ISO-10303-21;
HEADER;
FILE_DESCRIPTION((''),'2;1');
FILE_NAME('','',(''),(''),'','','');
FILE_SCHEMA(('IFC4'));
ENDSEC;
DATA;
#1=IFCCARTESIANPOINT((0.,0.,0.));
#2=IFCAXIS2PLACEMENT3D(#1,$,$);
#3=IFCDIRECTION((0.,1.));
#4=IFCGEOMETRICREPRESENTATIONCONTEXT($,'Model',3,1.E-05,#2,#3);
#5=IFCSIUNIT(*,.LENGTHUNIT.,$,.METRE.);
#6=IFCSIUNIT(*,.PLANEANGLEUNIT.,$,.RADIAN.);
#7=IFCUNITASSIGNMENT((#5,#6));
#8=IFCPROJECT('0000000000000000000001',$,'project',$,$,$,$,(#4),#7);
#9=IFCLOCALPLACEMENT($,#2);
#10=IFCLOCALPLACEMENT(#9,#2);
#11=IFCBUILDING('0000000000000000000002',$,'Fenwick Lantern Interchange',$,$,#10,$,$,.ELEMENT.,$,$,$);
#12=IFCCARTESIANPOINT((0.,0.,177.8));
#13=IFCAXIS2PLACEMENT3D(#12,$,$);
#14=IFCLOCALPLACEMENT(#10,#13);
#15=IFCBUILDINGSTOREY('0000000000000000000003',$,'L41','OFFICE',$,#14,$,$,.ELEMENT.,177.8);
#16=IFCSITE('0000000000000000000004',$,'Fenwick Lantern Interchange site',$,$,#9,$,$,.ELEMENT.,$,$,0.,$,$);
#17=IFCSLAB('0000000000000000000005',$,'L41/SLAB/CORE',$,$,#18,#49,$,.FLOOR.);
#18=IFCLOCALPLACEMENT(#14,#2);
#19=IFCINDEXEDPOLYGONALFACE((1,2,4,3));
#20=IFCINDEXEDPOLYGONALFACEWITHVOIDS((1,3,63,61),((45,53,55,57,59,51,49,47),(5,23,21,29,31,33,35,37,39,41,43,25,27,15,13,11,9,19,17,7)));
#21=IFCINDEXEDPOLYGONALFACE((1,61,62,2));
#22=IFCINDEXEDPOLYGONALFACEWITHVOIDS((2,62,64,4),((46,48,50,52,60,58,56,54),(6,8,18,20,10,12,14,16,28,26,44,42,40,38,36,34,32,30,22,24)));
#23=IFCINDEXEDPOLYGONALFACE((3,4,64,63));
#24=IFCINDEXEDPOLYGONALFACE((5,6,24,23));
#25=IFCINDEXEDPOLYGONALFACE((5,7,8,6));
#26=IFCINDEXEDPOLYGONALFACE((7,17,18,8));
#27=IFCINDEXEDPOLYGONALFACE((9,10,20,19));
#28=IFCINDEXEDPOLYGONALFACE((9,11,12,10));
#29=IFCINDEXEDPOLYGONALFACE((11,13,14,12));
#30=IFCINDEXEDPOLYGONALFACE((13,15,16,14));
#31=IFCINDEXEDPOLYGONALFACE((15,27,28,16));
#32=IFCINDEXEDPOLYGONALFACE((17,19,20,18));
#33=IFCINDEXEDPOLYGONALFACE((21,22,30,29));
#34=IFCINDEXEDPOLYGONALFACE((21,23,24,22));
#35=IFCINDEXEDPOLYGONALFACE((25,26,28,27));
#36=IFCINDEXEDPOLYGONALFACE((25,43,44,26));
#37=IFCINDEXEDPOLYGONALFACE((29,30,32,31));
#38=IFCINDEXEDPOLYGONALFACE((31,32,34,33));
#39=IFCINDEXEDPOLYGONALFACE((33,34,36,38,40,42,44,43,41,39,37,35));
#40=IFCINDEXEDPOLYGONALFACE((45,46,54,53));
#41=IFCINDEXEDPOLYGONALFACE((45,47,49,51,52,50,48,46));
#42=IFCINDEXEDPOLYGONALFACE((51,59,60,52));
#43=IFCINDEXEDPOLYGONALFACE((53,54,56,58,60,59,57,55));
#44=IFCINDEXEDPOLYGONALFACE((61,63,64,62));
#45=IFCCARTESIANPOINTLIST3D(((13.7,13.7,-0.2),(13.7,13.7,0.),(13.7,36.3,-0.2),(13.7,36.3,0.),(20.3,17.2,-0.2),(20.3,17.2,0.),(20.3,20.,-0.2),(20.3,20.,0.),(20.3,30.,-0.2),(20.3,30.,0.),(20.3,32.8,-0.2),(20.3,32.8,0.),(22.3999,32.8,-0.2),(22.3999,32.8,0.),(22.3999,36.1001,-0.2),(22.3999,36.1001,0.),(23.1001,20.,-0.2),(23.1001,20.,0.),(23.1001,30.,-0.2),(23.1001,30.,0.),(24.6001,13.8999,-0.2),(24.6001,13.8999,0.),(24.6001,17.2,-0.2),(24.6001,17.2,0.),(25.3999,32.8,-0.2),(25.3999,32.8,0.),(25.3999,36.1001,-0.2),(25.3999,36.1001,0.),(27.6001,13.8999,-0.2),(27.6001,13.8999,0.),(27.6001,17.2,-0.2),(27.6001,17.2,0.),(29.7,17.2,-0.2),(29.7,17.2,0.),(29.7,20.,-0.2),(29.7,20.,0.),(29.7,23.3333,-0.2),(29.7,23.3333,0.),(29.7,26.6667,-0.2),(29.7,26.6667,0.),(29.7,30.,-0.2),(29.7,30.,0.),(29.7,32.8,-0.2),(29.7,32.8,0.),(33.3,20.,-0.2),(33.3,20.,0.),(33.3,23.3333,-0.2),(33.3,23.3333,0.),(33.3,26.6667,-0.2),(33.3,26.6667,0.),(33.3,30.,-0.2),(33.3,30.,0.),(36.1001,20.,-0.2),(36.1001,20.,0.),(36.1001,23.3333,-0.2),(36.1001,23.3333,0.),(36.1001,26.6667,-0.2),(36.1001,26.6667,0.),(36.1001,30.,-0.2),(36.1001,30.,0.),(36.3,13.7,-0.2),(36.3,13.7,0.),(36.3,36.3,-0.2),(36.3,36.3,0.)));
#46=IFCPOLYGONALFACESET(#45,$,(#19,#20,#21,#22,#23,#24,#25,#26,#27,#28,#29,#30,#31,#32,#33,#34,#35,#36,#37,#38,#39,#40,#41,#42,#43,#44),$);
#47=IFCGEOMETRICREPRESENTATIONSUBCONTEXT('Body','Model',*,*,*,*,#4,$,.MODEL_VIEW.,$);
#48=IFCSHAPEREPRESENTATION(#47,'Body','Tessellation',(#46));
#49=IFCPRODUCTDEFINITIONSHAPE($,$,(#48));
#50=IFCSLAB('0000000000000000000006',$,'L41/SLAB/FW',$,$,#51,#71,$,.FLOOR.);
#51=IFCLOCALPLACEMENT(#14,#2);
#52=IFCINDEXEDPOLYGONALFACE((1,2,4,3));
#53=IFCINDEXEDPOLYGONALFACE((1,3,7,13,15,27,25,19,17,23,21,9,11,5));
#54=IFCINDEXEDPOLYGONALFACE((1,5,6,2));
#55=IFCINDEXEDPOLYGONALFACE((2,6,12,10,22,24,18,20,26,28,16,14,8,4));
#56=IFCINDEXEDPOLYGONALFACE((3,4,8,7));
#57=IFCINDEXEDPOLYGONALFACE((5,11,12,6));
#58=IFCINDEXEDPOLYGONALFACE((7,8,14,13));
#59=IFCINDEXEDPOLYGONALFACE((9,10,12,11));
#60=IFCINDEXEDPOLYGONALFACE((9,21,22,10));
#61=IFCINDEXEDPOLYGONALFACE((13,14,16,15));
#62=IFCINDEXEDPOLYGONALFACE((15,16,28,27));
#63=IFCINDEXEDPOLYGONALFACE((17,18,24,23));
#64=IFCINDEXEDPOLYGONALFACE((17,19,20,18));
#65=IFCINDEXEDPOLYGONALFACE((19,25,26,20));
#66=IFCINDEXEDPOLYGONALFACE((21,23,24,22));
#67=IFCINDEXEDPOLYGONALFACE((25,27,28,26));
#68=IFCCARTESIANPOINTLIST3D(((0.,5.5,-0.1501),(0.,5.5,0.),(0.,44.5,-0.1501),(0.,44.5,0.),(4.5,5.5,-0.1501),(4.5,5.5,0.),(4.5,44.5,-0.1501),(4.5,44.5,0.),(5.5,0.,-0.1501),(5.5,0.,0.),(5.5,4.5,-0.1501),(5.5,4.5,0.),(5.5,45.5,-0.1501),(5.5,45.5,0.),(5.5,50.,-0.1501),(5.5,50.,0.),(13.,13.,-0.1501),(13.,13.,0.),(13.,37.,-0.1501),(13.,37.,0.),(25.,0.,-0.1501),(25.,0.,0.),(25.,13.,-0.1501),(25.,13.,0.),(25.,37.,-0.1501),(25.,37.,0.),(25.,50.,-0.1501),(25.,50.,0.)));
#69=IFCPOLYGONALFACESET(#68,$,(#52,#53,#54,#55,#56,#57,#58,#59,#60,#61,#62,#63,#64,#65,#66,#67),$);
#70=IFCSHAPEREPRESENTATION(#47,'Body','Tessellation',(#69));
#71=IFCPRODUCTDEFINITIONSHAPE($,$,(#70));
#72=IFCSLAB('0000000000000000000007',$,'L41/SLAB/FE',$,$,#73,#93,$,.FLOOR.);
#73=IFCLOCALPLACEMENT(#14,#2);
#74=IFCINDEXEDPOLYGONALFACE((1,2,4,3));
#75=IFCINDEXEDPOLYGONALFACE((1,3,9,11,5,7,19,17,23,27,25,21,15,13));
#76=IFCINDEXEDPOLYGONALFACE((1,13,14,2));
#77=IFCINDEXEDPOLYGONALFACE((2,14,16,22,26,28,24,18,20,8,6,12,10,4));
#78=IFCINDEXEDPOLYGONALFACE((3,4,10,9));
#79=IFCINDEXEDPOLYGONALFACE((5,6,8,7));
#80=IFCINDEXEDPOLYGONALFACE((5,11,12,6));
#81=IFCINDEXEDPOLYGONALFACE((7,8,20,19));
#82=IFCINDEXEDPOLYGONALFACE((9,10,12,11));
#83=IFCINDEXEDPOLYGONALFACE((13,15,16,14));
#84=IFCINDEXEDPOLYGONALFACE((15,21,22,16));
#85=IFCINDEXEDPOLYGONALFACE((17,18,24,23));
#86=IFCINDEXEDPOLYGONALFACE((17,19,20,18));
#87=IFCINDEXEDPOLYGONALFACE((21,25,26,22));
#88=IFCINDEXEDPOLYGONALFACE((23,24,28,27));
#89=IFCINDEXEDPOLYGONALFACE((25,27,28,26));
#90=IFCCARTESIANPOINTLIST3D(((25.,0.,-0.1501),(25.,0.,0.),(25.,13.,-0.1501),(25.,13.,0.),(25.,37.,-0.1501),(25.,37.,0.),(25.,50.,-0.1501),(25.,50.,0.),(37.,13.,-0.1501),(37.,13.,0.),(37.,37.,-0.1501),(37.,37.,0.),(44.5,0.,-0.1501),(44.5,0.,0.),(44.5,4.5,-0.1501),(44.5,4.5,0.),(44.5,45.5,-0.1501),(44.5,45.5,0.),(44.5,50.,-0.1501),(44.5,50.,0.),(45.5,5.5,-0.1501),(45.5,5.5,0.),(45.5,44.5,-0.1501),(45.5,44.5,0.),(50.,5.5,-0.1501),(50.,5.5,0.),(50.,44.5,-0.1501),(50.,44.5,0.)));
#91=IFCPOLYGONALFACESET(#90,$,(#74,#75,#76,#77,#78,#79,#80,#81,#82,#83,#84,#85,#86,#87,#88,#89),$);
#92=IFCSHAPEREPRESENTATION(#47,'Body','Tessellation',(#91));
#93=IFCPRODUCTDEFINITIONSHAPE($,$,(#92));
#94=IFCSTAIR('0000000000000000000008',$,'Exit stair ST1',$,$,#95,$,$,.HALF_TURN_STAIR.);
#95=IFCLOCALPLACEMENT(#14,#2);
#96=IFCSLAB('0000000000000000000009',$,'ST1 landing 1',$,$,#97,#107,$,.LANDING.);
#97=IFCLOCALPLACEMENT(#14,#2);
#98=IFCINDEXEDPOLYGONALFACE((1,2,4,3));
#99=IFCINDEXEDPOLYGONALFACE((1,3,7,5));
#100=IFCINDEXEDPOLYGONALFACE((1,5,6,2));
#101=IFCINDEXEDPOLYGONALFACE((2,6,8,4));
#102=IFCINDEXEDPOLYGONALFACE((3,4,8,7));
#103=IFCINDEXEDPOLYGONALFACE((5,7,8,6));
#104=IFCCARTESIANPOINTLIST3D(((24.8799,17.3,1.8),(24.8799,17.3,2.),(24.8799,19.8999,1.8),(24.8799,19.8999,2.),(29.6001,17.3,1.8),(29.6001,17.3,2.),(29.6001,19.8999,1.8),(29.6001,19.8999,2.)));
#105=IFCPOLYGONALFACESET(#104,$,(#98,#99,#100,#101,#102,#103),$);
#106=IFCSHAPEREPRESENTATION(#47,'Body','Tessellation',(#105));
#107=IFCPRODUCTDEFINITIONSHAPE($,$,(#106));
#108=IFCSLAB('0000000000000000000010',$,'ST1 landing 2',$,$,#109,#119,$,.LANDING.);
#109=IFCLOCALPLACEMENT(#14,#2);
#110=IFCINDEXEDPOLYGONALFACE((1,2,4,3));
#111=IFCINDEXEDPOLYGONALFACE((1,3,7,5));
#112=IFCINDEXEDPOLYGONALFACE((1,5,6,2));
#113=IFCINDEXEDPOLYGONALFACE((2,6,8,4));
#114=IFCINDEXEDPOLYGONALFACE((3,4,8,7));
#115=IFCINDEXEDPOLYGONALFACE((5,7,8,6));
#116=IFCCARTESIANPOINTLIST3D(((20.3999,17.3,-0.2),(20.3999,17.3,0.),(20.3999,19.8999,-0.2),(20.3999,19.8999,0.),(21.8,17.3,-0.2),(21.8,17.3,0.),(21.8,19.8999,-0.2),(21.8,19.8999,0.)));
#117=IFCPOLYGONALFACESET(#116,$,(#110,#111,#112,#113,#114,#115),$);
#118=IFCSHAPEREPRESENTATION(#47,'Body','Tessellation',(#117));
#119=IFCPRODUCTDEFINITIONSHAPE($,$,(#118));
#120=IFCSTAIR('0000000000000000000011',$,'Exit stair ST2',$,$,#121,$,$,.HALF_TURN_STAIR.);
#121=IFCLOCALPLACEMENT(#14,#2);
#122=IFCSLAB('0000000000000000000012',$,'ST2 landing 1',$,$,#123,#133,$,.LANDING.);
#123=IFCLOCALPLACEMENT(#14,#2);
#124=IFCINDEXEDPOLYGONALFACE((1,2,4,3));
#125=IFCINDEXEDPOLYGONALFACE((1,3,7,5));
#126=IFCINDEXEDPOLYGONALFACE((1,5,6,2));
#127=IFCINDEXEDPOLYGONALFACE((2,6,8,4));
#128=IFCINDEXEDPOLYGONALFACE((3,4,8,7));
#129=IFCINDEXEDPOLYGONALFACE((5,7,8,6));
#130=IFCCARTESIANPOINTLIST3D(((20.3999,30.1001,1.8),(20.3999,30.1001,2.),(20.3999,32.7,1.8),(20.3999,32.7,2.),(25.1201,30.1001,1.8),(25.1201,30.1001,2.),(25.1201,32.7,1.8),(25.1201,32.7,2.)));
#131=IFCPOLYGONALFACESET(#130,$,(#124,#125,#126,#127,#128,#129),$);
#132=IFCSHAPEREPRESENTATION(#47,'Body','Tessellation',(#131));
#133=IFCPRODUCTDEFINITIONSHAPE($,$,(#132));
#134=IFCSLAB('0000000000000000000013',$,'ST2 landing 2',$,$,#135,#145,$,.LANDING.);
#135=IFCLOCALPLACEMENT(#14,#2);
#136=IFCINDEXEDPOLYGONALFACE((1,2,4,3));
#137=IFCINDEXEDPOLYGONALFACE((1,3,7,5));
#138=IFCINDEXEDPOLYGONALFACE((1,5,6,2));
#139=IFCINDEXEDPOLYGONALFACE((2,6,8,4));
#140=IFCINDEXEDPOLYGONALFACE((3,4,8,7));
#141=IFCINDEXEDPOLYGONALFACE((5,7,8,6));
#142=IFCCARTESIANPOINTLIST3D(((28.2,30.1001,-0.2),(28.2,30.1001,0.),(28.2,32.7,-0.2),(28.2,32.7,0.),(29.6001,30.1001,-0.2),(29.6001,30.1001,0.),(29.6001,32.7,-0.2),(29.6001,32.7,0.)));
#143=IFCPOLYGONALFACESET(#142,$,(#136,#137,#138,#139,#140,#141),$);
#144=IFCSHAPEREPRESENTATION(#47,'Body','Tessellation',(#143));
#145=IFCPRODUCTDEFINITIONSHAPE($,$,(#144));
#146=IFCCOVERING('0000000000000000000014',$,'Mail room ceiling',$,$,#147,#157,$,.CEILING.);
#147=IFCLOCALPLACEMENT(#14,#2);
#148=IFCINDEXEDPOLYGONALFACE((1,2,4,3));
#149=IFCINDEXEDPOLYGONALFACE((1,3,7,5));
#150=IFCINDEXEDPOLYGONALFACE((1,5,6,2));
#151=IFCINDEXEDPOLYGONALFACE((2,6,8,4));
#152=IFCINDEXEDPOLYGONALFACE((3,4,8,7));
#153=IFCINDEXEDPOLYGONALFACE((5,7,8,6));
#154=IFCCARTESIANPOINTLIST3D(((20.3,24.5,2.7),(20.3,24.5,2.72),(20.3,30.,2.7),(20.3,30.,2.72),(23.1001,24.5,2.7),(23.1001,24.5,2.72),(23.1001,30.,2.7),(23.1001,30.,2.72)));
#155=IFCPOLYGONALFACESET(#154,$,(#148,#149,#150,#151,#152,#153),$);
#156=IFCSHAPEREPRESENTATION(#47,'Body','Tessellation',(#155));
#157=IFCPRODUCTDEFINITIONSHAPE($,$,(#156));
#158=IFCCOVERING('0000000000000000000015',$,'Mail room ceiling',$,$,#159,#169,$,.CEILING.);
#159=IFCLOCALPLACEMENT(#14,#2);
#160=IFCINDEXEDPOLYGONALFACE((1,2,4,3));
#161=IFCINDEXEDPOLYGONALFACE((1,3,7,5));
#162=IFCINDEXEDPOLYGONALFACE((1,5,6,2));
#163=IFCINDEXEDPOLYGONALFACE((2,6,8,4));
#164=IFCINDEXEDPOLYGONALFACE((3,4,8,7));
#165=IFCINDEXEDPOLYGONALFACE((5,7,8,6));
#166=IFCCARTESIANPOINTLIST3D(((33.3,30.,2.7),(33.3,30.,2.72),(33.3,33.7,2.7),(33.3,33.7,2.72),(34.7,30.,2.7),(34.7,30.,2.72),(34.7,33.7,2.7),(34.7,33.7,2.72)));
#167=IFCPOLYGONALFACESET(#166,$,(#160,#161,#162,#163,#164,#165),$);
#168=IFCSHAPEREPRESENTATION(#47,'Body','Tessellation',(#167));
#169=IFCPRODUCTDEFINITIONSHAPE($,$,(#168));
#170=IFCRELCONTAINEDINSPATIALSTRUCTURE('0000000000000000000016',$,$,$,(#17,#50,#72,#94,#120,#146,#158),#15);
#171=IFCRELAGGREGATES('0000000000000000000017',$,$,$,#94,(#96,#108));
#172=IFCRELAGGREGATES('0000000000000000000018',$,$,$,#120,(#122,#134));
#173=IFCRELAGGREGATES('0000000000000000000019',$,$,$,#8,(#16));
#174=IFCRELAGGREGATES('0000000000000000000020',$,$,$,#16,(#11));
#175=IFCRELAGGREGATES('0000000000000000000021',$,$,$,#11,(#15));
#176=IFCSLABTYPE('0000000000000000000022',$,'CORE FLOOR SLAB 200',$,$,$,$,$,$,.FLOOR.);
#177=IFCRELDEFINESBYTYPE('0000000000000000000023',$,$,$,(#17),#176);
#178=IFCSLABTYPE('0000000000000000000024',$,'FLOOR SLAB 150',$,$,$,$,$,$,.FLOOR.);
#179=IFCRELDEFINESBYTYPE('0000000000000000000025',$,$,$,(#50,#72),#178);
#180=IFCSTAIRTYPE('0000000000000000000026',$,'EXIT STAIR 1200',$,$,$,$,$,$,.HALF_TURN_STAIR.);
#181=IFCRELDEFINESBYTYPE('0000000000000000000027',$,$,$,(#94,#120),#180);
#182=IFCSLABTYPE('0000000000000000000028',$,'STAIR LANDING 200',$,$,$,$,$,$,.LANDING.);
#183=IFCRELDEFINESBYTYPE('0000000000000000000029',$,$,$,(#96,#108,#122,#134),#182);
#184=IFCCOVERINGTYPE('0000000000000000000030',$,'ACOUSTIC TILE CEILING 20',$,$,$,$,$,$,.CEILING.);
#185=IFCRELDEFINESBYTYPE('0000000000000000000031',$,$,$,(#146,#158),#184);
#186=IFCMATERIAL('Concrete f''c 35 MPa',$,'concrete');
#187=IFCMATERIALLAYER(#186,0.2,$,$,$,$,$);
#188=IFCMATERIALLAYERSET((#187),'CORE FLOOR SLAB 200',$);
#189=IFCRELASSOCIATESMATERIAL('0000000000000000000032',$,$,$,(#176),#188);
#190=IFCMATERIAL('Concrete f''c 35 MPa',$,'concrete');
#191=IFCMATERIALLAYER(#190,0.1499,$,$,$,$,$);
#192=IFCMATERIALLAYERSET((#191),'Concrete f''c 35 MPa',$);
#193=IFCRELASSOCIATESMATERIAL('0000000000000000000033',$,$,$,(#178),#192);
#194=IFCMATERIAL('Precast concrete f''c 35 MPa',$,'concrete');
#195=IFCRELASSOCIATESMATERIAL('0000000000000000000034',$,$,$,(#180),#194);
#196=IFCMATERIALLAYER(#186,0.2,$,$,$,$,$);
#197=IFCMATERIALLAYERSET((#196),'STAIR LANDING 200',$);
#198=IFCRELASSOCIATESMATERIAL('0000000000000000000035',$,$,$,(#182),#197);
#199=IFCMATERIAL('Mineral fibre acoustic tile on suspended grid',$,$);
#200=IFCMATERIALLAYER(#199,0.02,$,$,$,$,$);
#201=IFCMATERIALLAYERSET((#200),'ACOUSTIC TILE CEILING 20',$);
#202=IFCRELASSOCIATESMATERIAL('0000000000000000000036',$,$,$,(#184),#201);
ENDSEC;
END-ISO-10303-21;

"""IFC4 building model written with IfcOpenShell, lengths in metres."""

from ifc_helpers import new_model, si_unit, direction, frame, origin, place, context, subcontext, project, spatial, polyline, outline, extrude, material, layer, layer_set, type_object, element, aggregate, save


model = new_model("IFC4")

# Units and contexts
model_context = context("Model", 3, precision=1e-05, world=origin(), true_north=direction((0.0, 1.0)))
body_context = subcontext(model_context, "Body", "Model", "MODEL_VIEW")
ifc_project = project(units=[si_unit("LENGTHUNIT", "METRE"), si_unit("PLANEANGLEUNIT", "RADIAN")], contexts=[model_context])

# Site, building, storey
site_placement = place(None, origin())
site = spatial("IfcSite", under=ifc_project, at=site_placement, Name="Fenwick Lantern Interchange site", CompositionType="ELEMENT", RefElevation=0.0)
building_placement = place(site_placement, origin())
building = spatial("IfcBuilding", under=site, at=building_placement, Name="Fenwick Lantern Interchange", CompositionType="ELEMENT")
storey_placement = place(building_placement, frame((0.0, 0.0, 177.8)))
storey = spatial("IfcBuildingStorey", under=building, at=storey_placement, Name="L41", Description="OFFICE", CompositionType="ELEMENT", Elevation=177.8)

# Slabs
ifc_material_1 = material(Name="Concrete f'c 35 MPa", Category="concrete")
ifc_layer_1 = layer(ifc_material_1, 0.2)
ifc_layer_set_1 = layer_set([ifc_layer_1], Name="CORE FLOOR SLAB 200")
slab_type_1 = type_object("IfcSlabType", Name="CORE FLOOR SLAB 200", PredefinedType="FLOOR", material=ifc_layer_set_1)
slab_1_placement = place(storey_placement, frame((0.0, 0.0, -0.2)))
element("IfcSlab", 1, at=slab_1_placement, inside=storey, type_object=slab_type_1, Name="L41/SLAB/CORE", PredefinedType="FLOOR", context=body_context, shape_type="SweptSolid", body=[
    extrude(outline(polyline([(13.7, 36.3), (36.3, 36.3), (36.3, 13.7), (13.7, 13.7), (13.7, 36.3)]), holes=[polyline([(24.6001, 13.8999), (27.6001, 13.8999), (27.6001, 17.2), (29.7, 17.2), (29.7, 20.0), (29.7, 23.3333), (29.7, 26.6667), (29.7, 30.0), (29.7, 32.8), (25.3999, 32.8), (25.3999, 36.1001), (22.3999, 36.1001), (22.3999, 32.8), (20.3, 32.8), (20.3, 30.0), (23.1001, 30.0), (23.1001, 20.0), (20.3, 20.0), (20.3, 17.2), (24.6001, 17.2), (24.6001, 13.8999)]), polyline([(33.3, 23.3333), (33.3, 20.0), (36.1001, 20.0), (36.1001, 23.3333), (36.1001, 26.6667), (36.1001, 30.0), (33.3, 30.0), (33.3, 26.6667), (33.3, 23.3333)])]), origin(), (0.0, 0.0, 1.0), 0.2),
])
ifc_material_2 = material(Name="Concrete f'c 35 MPa", Category="concrete")
ifc_layer_2 = layer(ifc_material_2, 0.1499)
ifc_layer_set_2 = layer_set([ifc_layer_2], Name="Concrete f'c 35 MPa")
slab_type_2 = type_object("IfcSlabType", Name="FLOOR SLAB 150", PredefinedType="FLOOR", material=ifc_layer_set_2)
slab_2_placement = place(storey_placement, frame((0.0, 0.0, -0.1501)))
element("IfcSlab", 2, at=slab_2_placement, inside=storey, type_object=slab_type_2, Name="L41/SLAB/FW", PredefinedType="FLOOR", context=body_context, shape_type="SweptSolid", body=[
    extrude(outline(polyline([(5.5, 0.0), (5.5, 4.5), (4.5, 5.5), (0.0, 5.5), (0.0, 44.5), (4.5, 44.5), (5.5, 45.5), (5.5, 50.0), (25.0, 50.0), (25.0, 37.0), (13.0, 37.0), (13.0, 13.0), (25.0, 13.0), (25.0, 0.0), (5.5, 0.0)])), origin(), (0.0, 0.0, 1.0), 0.1501),
])
slab_3_placement = place(storey_placement, frame((0.0, 0.0, -0.1501)))
element("IfcSlab", 3, at=slab_3_placement, inside=storey, type_object=slab_type_2, Name="L41/SLAB/FE", PredefinedType="FLOOR", context=body_context, shape_type="SweptSolid", body=[
    extrude(outline(polyline([(44.5, 50.0), (44.5, 45.5), (45.5, 44.5), (50.0, 44.5), (50.0, 5.5), (45.5, 5.5), (44.5, 4.5), (44.5, 0.0), (25.0, 0.0), (25.0, 13.0), (37.0, 13.0), (37.0, 37.0), (25.0, 37.0), (25.0, 50.0), (44.5, 50.0)])), origin(), (0.0, 0.0, 1.0), 0.1501),
])

# Stairs, slabs
ifc_material_3 = material(Name="Precast concrete f'c 35 MPa", Category="concrete")
stair_type = type_object("IfcStairType", Name="EXIT STAIR 1200", PredefinedType="HALF_TURN_STAIR", material=ifc_material_3)
stair_1_placement = place(storey_placement, origin())
stair_1 = element("IfcStair", 4, at=stair_1_placement, inside=storey, type_object=stair_type, Name="Exit stair ST1", PredefinedType="HALF_TURN_STAIR")
ifc_layer_3 = layer(ifc_material_1, 0.2)
ifc_layer_set_3 = layer_set([ifc_layer_3], Name="STAIR LANDING 200")
slab_type_3 = type_object("IfcSlabType", Name="STAIR LANDING 200", PredefinedType="LANDING", material=ifc_layer_set_3)
slab_4_placement = place(storey_placement, frame((0.0, 0.0, 1.8)))
slab_4 = element("IfcSlab", 5, at=slab_4_placement, type_object=slab_type_3, Name="ST1 landing 1", PredefinedType="LANDING", context=body_context, shape_type="SweptSolid", body=[
    extrude(outline(polyline([(24.8799, 17.3), (29.6001, 17.3), (29.6001, 19.8999), (24.8799, 19.8999), (24.8799, 17.3)])), origin(), (0.0, 0.0, 1.0), 0.2),
])
slab_5_placement = place(storey_placement, frame((0.0, 0.0, -0.2)))
slab_5 = element("IfcSlab", 6, at=slab_5_placement, type_object=slab_type_3, Name="ST1 landing 2", PredefinedType="LANDING", context=body_context, shape_type="SweptSolid", body=[
    extrude(outline(polyline([(20.3999, 17.3), (21.8, 17.3), (21.8, 19.8999), (20.3999, 19.8999), (20.3999, 17.3)])), origin(), (0.0, 0.0, 1.0), 0.2),
])
aggregate(stair_1, [slab_4, slab_5])
stair_2_placement = place(storey_placement, origin())
stair_2 = element("IfcStair", 7, at=stair_2_placement, inside=storey, type_object=stair_type, Name="Exit stair ST2", PredefinedType="HALF_TURN_STAIR")
slab_6_placement = place(storey_placement, frame((0.0, 0.0, 1.8)))
slab_6 = element("IfcSlab", 8, at=slab_6_placement, type_object=slab_type_3, Name="ST2 landing 1", PredefinedType="LANDING", context=body_context, shape_type="SweptSolid", body=[
    extrude(outline(polyline([(25.1201, 32.7), (20.3999, 32.7), (20.3999, 30.1001), (25.1201, 30.1001), (25.1201, 32.7)])), origin(), (0.0, 0.0, 1.0), 0.2),
])
slab_7_placement = place(storey_placement, frame((0.0, 0.0, -0.2)))
slab_7 = element("IfcSlab", 9, at=slab_7_placement, type_object=slab_type_3, Name="ST2 landing 2", PredefinedType="LANDING", context=body_context, shape_type="SweptSolid", body=[
    extrude(outline(polyline([(29.6001, 32.7), (28.2, 32.7), (28.2, 30.1001), (29.6001, 30.1001), (29.6001, 32.7)])), origin(), (0.0, 0.0, 1.0), 0.2),
])
aggregate(stair_2, [slab_6, slab_7])

# Coverings
ifc_material_4 = material(Name="Mineral fibre acoustic tile on suspended grid")
ifc_layer_4 = layer(ifc_material_4, 0.02)
ifc_layer_set_4 = layer_set([ifc_layer_4], Name="ACOUSTIC TILE CEILING 20")
covering_type_1 = type_object("IfcCoveringType", Name="ACOUSTIC TILE CEILING 20", PredefinedType="CEILING", material=ifc_layer_set_4)
covering_1_placement = place(storey_placement, frame((0.0, 0.0, 2.7)))
element("IfcCovering", 10, at=covering_1_placement, inside=storey, type_object=covering_type_1, Name="Mail room ceiling", PredefinedType="CEILING", context=body_context, shape_type="SweptSolid", body=[
    extrude(outline(polyline([(20.3, 24.5), (23.1001, 24.5), (23.1001, 30.0), (20.3, 30.0), (20.3, 24.5)])), origin(), (0.0, 0.0, 1.0), 0.02),
])
covering_2_placement = place(storey_placement, frame((0.0, 0.0, 2.7)))
element("IfcCovering", 11, at=covering_2_placement, inside=storey, type_object=covering_type_1, Name="Mail room ceiling", PredefinedType="CEILING", context=body_context, shape_type="SweptSolid", body=[
    extrude(outline(polyline([(34.7, 33.7), (33.3, 33.7), (33.3, 30.0), (34.7, 30.0), (34.7, 33.7)])), origin(), (0.0, 0.0, 1.0), 0.02),
])

save(model, "model.ifc")
